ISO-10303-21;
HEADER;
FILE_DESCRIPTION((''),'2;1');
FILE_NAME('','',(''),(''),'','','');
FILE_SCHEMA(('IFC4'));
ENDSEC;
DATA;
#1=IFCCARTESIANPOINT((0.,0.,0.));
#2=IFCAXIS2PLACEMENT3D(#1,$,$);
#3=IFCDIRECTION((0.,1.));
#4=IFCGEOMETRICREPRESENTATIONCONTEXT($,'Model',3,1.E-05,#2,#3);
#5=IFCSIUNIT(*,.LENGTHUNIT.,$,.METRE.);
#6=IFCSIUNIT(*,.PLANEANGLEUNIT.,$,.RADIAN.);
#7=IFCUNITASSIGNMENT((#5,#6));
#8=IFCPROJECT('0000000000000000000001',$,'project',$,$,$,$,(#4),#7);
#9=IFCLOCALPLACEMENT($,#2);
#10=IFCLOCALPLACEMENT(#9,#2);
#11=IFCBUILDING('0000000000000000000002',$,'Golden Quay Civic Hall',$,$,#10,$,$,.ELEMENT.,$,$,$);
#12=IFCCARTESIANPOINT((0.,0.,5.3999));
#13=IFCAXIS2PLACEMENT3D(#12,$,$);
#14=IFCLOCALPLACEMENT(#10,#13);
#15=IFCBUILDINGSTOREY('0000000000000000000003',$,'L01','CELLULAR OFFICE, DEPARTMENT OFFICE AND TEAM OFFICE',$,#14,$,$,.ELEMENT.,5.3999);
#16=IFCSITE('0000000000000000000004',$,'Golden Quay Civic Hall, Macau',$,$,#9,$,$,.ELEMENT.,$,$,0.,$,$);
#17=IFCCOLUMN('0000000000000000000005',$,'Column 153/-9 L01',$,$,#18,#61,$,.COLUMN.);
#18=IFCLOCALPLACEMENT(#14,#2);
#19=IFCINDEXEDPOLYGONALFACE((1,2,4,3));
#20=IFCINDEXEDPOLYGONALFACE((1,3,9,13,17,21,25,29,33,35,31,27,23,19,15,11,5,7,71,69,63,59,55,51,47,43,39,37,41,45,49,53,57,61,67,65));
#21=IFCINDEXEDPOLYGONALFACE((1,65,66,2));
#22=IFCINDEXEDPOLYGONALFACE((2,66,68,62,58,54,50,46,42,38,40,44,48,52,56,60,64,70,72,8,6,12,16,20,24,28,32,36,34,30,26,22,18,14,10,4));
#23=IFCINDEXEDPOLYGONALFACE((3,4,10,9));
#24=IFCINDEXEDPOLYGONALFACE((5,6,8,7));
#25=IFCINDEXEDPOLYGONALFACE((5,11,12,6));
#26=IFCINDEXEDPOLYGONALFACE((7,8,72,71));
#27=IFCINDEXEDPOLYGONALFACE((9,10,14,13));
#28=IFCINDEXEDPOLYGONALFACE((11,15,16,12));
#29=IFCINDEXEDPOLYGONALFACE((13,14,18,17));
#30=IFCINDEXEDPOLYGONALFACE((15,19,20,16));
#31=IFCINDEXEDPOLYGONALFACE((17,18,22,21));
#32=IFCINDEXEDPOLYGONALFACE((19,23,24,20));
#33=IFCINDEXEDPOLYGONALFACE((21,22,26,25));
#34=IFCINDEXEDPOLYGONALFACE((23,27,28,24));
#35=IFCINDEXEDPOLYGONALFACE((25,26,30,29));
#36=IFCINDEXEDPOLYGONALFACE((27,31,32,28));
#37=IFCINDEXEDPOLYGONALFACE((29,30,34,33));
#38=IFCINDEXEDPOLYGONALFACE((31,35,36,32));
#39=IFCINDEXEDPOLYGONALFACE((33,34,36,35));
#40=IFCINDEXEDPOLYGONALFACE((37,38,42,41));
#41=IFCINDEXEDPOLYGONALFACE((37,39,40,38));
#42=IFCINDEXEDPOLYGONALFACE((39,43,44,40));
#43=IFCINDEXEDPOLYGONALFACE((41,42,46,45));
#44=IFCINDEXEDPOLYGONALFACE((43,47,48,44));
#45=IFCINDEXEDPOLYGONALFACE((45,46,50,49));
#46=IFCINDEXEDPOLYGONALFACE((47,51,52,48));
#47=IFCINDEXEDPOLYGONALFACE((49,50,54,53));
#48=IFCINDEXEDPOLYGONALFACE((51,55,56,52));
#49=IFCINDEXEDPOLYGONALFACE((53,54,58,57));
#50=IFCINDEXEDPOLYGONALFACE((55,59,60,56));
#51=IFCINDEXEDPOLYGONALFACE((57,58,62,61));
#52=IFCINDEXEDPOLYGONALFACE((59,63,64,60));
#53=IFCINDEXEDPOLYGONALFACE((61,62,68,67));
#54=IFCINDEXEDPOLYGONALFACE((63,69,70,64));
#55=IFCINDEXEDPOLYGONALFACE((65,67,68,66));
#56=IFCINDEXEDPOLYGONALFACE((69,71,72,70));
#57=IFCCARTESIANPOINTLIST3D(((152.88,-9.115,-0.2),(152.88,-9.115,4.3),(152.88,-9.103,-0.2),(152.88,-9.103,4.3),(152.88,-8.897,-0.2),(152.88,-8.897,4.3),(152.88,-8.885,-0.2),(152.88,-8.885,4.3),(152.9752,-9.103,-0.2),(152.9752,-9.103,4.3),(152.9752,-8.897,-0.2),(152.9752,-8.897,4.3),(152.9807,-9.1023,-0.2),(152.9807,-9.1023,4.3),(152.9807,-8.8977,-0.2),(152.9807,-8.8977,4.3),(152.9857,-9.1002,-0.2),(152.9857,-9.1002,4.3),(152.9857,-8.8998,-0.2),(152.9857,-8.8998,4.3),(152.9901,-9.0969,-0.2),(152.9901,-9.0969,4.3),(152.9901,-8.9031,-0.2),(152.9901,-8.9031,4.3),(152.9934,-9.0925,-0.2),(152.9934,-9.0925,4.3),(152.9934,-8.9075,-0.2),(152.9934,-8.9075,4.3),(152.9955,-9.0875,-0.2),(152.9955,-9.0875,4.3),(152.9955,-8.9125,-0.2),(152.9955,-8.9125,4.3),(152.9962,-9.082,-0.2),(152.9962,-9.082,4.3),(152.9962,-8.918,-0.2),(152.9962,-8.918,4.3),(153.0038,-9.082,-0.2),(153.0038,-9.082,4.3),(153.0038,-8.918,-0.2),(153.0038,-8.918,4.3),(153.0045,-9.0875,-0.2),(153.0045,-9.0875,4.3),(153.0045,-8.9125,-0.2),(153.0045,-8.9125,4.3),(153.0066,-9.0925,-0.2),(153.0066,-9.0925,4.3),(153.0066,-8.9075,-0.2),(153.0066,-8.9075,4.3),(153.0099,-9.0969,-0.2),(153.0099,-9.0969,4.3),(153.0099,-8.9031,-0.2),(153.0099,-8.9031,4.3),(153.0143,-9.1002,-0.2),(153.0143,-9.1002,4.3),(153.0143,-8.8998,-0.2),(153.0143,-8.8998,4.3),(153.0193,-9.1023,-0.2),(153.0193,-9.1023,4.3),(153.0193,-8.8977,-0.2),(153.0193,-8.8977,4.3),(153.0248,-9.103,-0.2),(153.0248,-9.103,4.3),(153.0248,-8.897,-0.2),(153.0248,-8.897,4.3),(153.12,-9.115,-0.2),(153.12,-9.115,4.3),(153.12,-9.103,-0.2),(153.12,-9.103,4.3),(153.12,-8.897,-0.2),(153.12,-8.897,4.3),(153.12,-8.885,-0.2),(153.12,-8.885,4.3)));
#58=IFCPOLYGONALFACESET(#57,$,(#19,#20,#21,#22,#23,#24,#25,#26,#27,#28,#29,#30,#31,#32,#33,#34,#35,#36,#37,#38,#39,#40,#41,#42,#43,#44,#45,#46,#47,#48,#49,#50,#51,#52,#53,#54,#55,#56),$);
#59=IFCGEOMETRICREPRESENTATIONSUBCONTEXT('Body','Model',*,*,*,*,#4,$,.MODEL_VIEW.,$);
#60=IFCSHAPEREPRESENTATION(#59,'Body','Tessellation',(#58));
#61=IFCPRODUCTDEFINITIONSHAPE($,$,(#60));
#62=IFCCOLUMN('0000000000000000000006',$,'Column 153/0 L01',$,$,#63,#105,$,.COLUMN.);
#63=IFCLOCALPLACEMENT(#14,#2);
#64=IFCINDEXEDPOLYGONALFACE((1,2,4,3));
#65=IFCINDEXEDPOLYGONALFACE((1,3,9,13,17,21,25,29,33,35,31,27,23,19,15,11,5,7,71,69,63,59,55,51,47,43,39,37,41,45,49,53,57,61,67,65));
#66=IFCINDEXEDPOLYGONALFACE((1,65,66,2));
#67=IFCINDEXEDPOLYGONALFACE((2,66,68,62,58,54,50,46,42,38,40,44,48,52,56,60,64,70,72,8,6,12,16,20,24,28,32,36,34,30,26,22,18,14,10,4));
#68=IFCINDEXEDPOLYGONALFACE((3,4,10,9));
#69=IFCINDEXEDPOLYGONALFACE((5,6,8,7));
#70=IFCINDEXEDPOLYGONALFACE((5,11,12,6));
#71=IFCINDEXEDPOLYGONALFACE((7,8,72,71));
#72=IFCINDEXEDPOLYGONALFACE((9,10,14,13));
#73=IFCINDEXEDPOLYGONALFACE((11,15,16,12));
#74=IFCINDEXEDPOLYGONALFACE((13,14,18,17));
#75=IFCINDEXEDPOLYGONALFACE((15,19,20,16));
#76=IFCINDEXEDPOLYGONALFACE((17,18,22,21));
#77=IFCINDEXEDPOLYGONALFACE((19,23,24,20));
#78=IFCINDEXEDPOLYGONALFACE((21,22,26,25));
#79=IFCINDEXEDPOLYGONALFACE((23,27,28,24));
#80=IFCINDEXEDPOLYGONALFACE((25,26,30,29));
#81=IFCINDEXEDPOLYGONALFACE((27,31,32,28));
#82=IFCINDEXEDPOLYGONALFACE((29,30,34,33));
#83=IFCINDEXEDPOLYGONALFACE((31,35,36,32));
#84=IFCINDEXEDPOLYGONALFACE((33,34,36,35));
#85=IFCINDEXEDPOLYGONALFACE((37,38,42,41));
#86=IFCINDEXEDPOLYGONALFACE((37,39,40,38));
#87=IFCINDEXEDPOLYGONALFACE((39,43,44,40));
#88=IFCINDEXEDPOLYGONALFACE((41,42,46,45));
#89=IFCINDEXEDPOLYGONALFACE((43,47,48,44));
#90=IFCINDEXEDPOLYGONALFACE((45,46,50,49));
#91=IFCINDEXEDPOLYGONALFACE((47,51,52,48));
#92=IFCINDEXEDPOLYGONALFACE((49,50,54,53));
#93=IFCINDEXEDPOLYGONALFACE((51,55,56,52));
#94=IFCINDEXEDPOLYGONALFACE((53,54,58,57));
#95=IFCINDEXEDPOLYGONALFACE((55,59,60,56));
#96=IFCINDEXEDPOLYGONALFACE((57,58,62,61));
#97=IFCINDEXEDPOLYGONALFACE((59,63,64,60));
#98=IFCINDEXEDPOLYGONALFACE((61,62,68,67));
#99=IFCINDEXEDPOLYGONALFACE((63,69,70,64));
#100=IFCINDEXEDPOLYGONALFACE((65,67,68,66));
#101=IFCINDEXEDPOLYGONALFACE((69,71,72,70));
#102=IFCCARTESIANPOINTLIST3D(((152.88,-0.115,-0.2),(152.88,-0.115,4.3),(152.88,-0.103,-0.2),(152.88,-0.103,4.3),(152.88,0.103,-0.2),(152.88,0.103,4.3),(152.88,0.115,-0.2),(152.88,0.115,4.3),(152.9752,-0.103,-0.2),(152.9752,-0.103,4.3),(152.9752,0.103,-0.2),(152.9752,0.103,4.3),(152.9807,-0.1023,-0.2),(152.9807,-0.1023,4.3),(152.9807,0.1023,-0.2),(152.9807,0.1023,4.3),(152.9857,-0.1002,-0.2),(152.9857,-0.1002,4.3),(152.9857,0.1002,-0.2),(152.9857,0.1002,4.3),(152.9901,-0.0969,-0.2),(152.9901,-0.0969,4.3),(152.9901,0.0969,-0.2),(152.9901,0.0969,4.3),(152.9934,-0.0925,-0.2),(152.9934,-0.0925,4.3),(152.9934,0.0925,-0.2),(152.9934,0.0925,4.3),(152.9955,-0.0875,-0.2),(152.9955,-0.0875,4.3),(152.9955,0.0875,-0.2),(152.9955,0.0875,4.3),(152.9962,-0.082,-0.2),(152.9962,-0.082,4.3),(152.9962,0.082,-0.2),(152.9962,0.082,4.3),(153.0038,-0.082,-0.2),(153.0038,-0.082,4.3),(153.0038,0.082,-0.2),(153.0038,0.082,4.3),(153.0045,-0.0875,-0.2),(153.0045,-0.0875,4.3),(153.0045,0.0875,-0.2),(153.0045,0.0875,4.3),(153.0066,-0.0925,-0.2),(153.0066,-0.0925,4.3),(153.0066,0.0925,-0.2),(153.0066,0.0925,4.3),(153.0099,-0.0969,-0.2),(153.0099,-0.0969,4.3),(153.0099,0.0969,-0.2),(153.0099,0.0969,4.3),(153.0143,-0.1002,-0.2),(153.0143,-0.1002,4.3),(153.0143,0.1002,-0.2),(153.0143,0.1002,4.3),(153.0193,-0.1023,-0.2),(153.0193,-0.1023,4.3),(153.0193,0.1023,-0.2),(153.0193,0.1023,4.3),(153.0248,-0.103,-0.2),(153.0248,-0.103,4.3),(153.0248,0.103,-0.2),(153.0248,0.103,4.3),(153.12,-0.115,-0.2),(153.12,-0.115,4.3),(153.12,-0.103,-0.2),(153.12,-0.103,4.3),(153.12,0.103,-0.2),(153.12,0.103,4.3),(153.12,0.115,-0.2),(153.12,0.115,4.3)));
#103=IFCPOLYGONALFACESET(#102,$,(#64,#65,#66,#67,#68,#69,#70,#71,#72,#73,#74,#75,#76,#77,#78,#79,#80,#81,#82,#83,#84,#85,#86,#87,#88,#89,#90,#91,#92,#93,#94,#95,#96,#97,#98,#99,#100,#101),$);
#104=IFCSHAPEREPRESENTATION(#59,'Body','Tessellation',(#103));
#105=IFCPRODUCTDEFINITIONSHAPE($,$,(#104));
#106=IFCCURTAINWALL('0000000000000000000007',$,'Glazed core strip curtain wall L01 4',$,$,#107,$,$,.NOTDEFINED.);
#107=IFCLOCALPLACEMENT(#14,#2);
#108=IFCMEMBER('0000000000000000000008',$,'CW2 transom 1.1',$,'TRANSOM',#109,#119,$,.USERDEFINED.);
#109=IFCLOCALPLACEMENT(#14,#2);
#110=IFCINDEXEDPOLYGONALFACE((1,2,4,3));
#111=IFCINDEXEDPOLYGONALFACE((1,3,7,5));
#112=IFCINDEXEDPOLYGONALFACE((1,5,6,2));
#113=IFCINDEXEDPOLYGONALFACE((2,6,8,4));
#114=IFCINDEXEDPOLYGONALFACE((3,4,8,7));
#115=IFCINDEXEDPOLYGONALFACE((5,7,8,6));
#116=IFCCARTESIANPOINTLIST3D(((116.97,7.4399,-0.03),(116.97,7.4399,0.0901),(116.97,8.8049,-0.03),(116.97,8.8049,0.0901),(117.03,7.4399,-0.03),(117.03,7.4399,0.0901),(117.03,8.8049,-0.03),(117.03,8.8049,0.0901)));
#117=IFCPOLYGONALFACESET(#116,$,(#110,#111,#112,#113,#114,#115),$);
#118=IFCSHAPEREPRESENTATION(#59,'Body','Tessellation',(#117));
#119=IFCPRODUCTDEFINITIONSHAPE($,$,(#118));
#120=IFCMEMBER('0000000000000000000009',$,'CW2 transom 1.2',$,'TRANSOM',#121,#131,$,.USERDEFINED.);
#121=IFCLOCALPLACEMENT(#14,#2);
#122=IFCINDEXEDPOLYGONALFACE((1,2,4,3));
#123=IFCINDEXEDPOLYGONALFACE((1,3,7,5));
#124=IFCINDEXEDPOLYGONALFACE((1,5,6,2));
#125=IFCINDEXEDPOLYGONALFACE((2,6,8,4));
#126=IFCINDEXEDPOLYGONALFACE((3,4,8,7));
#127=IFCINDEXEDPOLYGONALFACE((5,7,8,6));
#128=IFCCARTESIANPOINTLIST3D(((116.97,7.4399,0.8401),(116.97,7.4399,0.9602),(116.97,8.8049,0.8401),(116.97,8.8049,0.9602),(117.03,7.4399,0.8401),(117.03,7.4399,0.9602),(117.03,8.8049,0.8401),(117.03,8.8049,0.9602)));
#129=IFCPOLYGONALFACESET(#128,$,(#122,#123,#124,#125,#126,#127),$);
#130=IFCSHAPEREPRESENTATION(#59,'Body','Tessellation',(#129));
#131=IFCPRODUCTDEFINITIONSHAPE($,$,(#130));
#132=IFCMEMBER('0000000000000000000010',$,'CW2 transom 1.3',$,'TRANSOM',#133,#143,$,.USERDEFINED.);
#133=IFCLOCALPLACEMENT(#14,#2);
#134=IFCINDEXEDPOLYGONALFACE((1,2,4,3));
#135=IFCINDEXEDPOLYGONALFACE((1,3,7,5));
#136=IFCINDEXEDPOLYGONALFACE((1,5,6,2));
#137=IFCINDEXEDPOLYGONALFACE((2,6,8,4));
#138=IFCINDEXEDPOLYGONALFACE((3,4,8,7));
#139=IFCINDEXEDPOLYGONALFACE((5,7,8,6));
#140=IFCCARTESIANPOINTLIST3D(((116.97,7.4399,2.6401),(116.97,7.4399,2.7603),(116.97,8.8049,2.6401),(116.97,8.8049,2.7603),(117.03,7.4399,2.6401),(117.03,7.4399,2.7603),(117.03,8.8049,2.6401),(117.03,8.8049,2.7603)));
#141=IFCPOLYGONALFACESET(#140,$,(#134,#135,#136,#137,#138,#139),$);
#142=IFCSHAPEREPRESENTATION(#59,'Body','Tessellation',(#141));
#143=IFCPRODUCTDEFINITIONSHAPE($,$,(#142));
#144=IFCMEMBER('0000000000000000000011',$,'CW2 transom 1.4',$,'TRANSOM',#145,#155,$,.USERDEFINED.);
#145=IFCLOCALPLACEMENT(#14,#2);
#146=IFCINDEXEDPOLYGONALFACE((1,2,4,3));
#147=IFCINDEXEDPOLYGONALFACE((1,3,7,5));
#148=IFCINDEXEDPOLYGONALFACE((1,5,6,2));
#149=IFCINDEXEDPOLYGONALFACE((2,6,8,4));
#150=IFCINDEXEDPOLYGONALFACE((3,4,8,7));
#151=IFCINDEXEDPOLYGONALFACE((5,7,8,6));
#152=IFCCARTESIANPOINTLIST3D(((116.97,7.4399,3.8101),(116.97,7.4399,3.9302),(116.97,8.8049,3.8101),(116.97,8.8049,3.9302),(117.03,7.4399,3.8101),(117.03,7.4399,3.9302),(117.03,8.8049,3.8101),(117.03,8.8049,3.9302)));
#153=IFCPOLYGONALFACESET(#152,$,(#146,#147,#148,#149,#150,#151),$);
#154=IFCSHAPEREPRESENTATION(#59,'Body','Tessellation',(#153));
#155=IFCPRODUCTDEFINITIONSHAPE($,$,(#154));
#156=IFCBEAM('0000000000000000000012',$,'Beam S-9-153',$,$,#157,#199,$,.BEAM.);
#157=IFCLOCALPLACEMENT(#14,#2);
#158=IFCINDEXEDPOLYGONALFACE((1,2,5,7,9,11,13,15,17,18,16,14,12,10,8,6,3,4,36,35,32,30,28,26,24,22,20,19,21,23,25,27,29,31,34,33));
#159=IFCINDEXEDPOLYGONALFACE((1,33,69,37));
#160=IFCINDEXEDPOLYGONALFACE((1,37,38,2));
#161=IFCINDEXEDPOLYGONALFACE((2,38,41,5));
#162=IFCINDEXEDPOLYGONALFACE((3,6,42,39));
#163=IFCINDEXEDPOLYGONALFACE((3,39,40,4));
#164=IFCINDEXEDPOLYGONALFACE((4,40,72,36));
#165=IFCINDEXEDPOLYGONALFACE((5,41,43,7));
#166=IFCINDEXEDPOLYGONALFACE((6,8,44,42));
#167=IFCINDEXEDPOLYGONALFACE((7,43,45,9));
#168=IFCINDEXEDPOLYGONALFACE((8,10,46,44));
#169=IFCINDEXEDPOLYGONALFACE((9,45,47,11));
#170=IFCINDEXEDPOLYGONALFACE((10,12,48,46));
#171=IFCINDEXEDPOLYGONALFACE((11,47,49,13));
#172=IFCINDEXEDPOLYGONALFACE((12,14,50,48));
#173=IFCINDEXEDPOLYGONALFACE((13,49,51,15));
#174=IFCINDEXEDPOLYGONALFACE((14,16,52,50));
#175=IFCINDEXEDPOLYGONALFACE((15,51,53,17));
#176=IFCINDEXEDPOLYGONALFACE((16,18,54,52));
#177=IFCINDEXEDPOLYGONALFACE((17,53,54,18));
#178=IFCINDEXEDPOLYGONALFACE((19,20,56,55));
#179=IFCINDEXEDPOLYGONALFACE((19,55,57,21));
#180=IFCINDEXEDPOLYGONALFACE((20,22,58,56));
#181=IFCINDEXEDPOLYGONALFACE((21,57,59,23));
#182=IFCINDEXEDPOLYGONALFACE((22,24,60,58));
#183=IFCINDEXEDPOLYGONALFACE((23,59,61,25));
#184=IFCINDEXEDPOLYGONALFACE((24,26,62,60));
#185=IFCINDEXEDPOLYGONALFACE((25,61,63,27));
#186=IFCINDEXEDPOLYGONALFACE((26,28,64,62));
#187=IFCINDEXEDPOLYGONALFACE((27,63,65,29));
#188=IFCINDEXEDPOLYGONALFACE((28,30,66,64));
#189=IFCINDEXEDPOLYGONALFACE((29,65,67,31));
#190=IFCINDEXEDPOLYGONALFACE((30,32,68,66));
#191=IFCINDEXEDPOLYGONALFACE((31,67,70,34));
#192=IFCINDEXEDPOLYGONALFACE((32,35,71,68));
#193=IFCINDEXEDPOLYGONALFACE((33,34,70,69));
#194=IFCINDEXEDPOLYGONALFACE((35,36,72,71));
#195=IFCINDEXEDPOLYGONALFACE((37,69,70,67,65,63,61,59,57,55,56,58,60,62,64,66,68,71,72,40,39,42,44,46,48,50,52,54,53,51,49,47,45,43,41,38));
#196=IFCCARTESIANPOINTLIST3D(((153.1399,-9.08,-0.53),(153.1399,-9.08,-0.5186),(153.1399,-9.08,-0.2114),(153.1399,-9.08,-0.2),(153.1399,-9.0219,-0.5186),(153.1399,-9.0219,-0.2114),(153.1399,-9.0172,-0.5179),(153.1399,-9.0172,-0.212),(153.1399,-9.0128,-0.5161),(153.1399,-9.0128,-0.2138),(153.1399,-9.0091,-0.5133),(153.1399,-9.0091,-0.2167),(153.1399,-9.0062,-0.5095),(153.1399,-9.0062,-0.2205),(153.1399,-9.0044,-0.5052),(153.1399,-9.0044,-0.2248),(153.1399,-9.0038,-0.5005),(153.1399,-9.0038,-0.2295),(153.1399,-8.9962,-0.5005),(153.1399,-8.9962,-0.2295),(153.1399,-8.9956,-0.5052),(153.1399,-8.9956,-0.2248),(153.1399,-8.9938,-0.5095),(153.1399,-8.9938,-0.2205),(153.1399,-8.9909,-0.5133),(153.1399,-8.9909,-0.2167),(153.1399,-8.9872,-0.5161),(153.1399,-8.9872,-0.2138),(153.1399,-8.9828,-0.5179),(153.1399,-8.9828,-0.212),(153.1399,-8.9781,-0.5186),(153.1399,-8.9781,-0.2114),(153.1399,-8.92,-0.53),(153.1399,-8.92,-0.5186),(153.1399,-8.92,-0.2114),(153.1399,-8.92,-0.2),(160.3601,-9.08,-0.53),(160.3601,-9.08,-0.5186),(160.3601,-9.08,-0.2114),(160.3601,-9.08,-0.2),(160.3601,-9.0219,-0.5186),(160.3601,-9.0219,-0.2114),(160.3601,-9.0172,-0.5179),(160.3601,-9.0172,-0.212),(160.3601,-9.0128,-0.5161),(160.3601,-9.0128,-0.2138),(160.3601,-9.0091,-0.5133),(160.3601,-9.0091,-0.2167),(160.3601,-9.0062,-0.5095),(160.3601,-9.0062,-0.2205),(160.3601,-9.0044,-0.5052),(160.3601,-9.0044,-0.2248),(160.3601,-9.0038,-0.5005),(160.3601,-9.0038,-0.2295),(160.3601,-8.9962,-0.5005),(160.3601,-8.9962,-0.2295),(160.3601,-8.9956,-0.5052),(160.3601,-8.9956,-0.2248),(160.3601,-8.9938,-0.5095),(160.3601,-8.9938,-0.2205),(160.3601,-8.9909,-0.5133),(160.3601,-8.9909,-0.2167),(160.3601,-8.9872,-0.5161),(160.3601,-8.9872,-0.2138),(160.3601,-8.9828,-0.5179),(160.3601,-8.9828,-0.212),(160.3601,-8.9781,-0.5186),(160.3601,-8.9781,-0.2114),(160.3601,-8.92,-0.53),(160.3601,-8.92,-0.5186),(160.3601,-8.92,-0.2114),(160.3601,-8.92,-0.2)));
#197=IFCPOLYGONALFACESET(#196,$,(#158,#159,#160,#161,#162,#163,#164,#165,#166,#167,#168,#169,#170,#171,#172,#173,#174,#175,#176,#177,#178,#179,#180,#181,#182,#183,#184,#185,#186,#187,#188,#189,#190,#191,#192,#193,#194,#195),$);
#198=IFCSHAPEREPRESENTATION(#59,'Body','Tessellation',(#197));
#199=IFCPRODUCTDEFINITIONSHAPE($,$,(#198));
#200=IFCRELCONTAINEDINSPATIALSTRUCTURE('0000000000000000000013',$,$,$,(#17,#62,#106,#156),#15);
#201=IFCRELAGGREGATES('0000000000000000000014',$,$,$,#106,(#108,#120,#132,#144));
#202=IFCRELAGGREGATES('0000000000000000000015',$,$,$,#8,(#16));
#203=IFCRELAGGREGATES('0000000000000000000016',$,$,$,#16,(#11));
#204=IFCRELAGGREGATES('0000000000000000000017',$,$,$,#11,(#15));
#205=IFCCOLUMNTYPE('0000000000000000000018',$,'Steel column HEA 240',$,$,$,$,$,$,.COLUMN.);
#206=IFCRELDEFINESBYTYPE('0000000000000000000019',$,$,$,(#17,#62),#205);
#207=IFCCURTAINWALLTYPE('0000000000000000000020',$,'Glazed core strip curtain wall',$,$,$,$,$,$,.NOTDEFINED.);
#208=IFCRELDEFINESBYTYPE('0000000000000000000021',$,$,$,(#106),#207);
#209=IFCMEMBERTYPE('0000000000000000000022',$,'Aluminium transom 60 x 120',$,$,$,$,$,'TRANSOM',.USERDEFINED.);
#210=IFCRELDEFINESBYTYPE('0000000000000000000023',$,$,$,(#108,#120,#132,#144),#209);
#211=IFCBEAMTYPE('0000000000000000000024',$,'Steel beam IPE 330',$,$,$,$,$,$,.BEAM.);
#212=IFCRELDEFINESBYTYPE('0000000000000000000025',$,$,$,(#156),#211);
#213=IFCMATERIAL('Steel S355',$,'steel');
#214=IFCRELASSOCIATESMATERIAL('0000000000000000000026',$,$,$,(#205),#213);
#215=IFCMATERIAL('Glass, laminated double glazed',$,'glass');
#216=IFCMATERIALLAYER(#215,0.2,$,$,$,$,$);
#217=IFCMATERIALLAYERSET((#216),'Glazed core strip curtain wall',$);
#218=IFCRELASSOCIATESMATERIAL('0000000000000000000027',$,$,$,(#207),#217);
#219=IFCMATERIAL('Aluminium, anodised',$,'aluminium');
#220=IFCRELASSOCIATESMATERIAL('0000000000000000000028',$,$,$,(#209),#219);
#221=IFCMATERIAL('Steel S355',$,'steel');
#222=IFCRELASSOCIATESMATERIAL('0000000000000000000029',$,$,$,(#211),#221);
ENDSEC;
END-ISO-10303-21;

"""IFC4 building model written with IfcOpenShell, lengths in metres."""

from ifc_helpers import new_model, si_unit, direction, frame, origin, origin_2d, place, context, subcontext, project, spatial, rectangle, i_section, extrude, material, layer, layer_set, material_profile, profile_set, type_object, element, aggregate, save


model = new_model("IFC4")

# Units and contexts
model_context = context("Model", 3, precision=1e-05, world=origin(), true_north=direction((0.0, 1.0)))
body_context = subcontext(model_context, "Body", "Model", "MODEL_VIEW")
ifc_project = project(units=[si_unit("LENGTHUNIT", "METRE"), si_unit("PLANEANGLEUNIT", "RADIAN")], contexts=[model_context])

# Site, building, storey
site_placement = place(None, origin())
site = spatial("IfcSite", under=ifc_project, at=site_placement, Name="Golden Quay Civic Hall, Macau", CompositionType="ELEMENT", RefElevation=0.0)
building_placement = place(site_placement, origin())
building = spatial("IfcBuilding", under=site, at=building_placement, Name="Golden Quay Civic Hall", CompositionType="ELEMENT")
storey_placement = place(building_placement, frame((0.0, 0.0, 5.3999)))
storey = spatial("IfcBuildingStorey", under=building, at=storey_placement, Name="L01", Description="CELLULAR OFFICE, DEPARTMENT OFFICE AND TEAM OFFICE", CompositionType="ELEMENT", Elevation=5.3999)

# Columns
ifc_material_1 = material(Name="Steel S355", Category="steel")
ifc_material_profile_1 = material_profile(ifc_material_1, i_section(OverallWidth=0.24, OverallDepth=0.23, WebThickness=0.0076, FlangeThickness=0.012, FilletRadius=0.021, at=origin_2d()), Name="HEA 240")
ifc_profile_set_1 = profile_set([ifc_material_profile_1], Name="Steel S355")
column_type = type_object("IfcColumnType", Name="Steel column HEA 240", PredefinedType="COLUMN", material=ifc_profile_set_1)
for number, where, z_axis, x_axis, name in (
    (1, (153.0, -9.0, -0.2), (0.0, 0.0, 1.0), (1.0, 0.0, 0.0), "Column 153/-9 L01"),
    (2, (153.0, 0.0, -0.2), (0.0, 0.0, 1.0), (1.0, 0.0, 0.0), "Column 153/0 L01"),
):
    element("IfcColumn", number, at=place(storey_placement, frame(where, z_axis=z_axis, x_axis=x_axis)), inside=storey, type_object=column_type, Name=name, PredefinedType="COLUMN", context=body_context, shape_type="SweptSolid", body=[
        extrude(i_section(OverallWidth=0.24, OverallDepth=0.23, WebThickness=0.0076, FlangeThickness=0.012, FilletRadius=0.021, at=origin_2d()), origin(), (0.0, 0.0, 1.0), 4.5),
    ])

# Curtain wall, members
ifc_material_2 = material(Name="Glass, laminated double glazed", Category="glass")
ifc_layer_1 = layer(ifc_material_2, 0.2)
ifc_layer_set_1 = layer_set([ifc_layer_1], Name="Glazed core strip curtain wall")
curtain_wall_type = type_object("IfcCurtainWallType", Name="Glazed core strip curtain wall", PredefinedType="NOTDEFINED", material=ifc_layer_set_1)
curtain_wall_placement = place(storey_placement, origin())
curtain_wall = element("IfcCurtainWall", 3, at=curtain_wall_placement, inside=storey, type_object=curtain_wall_type, Name="Glazed core strip curtain wall L01 4", PredefinedType="NOTDEFINED")
ifc_material_3 = material(Name="Aluminium, anodised", Category="aluminium")
ifc_material_profile_2 = material_profile(ifc_material_3, rectangle(XDim=0.0601, YDim=0.1201, at=origin_2d()), Name="Aluminium 60 x 120")
ifc_profile_set_2 = profile_set([ifc_material_profile_2], Name="Aluminium, anodised")
member_type = type_object("IfcMemberType", Name="Aluminium transom 60 x 120", ElementType="TRANSOM", PredefinedType="USERDEFINED", material=ifc_profile_set_2)
member_1_placement = place(storey_placement, frame((117.0, 8.8049, 0.03), z_axis=(0.0, -1.0, 0.0), x_axis=(1.0, 0.0, 0.0)))
member_1 = element("IfcMember", 4, at=member_1_placement, type_object=member_type, Name="CW2 transom 1.1", ObjectType="TRANSOM", PredefinedType="USERDEFINED", context=body_context, shape_type="SweptSolid", body=[
    extrude(rectangle(XDim=0.0601, YDim=0.1201, at=origin_2d()), origin(), (0.0, 0.0, 1.0), 1.365),
])
member_2_placement = place(storey_placement, frame((117.0, 8.8049, 0.9001), z_axis=(0.0, -1.0, 0.0), x_axis=(1.0, 0.0, 0.0)))
member_2 = element("IfcMember", 5, at=member_2_placement, type_object=member_type, Name="CW2 transom 1.2", ObjectType="TRANSOM", PredefinedType="USERDEFINED", context=body_context, shape_type="SweptSolid", body=[
    extrude(rectangle(XDim=0.0601, YDim=0.1201, at=origin_2d()), origin(), (0.0, 0.0, 1.0), 1.365),
])
member_3_placement = place(storey_placement, frame((117.0, 8.8049, 2.7002), z_axis=(0.0, -1.0, 0.0), x_axis=(1.0, 0.0, 0.0)))
member_3 = element("IfcMember", 6, at=member_3_placement, type_object=member_type, Name="CW2 transom 1.3", ObjectType="TRANSOM", PredefinedType="USERDEFINED", context=body_context, shape_type="SweptSolid", body=[
    extrude(rectangle(XDim=0.0601, YDim=0.1201, at=origin_2d()), origin(), (0.0, 0.0, 1.0), 1.365),
])
member_4_placement = place(storey_placement, frame((117.0, 8.8049, 3.8701), z_axis=(0.0, -1.0, 0.0), x_axis=(1.0, 0.0, 0.0)))
member_4 = element("IfcMember", 7, at=member_4_placement, type_object=member_type, Name="CW2 transom 1.4", ObjectType="TRANSOM", PredefinedType="USERDEFINED", context=body_context, shape_type="SweptSolid", body=[
    extrude(rectangle(XDim=0.0601, YDim=0.1201, at=origin_2d()), origin(), (0.0, 0.0, 1.0), 1.365),
])

# Beam
ifc_material_4 = material(Name="Steel S355", Category="steel")
ifc_material_profile_3 = material_profile(ifc_material_4, i_section(OverallWidth=0.1599, OverallDepth=0.3301, WebThickness=0.0076, FlangeThickness=0.0115, FilletRadius=0.0181, at=origin_2d()), Name="IPE 330")
ifc_profile_set_3 = profile_set([ifc_material_profile_3], Name="Steel S355")
beam_type_1 = type_object("IfcBeamType", Name="Steel beam IPE 330", PredefinedType="BEAM", material=ifc_profile_set_3)
beam_placement = place(storey_placement, frame((153.1399, -9.0, -0.365), z_axis=(1.0, 0.0, 0.0), x_axis=(0.0, 1.0, 0.0)))
element("IfcBeam", 8, at=beam_placement, inside=storey, type_object=beam_type_1, Name="Beam S-9-153", PredefinedType="BEAM", context=body_context, shape_type="SweptSolid", body=[
    extrude(i_section(OverallWidth=0.1599, OverallDepth=0.3301, WebThickness=0.0076, FlangeThickness=0.0115, FilletRadius=0.0181, at=origin_2d()), origin(), (0.0, 0.0, 1.0), 7.2202),
])

aggregate(curtain_wall, [member_1, member_2, member_3, member_4])

save(model, "model.ifc")
